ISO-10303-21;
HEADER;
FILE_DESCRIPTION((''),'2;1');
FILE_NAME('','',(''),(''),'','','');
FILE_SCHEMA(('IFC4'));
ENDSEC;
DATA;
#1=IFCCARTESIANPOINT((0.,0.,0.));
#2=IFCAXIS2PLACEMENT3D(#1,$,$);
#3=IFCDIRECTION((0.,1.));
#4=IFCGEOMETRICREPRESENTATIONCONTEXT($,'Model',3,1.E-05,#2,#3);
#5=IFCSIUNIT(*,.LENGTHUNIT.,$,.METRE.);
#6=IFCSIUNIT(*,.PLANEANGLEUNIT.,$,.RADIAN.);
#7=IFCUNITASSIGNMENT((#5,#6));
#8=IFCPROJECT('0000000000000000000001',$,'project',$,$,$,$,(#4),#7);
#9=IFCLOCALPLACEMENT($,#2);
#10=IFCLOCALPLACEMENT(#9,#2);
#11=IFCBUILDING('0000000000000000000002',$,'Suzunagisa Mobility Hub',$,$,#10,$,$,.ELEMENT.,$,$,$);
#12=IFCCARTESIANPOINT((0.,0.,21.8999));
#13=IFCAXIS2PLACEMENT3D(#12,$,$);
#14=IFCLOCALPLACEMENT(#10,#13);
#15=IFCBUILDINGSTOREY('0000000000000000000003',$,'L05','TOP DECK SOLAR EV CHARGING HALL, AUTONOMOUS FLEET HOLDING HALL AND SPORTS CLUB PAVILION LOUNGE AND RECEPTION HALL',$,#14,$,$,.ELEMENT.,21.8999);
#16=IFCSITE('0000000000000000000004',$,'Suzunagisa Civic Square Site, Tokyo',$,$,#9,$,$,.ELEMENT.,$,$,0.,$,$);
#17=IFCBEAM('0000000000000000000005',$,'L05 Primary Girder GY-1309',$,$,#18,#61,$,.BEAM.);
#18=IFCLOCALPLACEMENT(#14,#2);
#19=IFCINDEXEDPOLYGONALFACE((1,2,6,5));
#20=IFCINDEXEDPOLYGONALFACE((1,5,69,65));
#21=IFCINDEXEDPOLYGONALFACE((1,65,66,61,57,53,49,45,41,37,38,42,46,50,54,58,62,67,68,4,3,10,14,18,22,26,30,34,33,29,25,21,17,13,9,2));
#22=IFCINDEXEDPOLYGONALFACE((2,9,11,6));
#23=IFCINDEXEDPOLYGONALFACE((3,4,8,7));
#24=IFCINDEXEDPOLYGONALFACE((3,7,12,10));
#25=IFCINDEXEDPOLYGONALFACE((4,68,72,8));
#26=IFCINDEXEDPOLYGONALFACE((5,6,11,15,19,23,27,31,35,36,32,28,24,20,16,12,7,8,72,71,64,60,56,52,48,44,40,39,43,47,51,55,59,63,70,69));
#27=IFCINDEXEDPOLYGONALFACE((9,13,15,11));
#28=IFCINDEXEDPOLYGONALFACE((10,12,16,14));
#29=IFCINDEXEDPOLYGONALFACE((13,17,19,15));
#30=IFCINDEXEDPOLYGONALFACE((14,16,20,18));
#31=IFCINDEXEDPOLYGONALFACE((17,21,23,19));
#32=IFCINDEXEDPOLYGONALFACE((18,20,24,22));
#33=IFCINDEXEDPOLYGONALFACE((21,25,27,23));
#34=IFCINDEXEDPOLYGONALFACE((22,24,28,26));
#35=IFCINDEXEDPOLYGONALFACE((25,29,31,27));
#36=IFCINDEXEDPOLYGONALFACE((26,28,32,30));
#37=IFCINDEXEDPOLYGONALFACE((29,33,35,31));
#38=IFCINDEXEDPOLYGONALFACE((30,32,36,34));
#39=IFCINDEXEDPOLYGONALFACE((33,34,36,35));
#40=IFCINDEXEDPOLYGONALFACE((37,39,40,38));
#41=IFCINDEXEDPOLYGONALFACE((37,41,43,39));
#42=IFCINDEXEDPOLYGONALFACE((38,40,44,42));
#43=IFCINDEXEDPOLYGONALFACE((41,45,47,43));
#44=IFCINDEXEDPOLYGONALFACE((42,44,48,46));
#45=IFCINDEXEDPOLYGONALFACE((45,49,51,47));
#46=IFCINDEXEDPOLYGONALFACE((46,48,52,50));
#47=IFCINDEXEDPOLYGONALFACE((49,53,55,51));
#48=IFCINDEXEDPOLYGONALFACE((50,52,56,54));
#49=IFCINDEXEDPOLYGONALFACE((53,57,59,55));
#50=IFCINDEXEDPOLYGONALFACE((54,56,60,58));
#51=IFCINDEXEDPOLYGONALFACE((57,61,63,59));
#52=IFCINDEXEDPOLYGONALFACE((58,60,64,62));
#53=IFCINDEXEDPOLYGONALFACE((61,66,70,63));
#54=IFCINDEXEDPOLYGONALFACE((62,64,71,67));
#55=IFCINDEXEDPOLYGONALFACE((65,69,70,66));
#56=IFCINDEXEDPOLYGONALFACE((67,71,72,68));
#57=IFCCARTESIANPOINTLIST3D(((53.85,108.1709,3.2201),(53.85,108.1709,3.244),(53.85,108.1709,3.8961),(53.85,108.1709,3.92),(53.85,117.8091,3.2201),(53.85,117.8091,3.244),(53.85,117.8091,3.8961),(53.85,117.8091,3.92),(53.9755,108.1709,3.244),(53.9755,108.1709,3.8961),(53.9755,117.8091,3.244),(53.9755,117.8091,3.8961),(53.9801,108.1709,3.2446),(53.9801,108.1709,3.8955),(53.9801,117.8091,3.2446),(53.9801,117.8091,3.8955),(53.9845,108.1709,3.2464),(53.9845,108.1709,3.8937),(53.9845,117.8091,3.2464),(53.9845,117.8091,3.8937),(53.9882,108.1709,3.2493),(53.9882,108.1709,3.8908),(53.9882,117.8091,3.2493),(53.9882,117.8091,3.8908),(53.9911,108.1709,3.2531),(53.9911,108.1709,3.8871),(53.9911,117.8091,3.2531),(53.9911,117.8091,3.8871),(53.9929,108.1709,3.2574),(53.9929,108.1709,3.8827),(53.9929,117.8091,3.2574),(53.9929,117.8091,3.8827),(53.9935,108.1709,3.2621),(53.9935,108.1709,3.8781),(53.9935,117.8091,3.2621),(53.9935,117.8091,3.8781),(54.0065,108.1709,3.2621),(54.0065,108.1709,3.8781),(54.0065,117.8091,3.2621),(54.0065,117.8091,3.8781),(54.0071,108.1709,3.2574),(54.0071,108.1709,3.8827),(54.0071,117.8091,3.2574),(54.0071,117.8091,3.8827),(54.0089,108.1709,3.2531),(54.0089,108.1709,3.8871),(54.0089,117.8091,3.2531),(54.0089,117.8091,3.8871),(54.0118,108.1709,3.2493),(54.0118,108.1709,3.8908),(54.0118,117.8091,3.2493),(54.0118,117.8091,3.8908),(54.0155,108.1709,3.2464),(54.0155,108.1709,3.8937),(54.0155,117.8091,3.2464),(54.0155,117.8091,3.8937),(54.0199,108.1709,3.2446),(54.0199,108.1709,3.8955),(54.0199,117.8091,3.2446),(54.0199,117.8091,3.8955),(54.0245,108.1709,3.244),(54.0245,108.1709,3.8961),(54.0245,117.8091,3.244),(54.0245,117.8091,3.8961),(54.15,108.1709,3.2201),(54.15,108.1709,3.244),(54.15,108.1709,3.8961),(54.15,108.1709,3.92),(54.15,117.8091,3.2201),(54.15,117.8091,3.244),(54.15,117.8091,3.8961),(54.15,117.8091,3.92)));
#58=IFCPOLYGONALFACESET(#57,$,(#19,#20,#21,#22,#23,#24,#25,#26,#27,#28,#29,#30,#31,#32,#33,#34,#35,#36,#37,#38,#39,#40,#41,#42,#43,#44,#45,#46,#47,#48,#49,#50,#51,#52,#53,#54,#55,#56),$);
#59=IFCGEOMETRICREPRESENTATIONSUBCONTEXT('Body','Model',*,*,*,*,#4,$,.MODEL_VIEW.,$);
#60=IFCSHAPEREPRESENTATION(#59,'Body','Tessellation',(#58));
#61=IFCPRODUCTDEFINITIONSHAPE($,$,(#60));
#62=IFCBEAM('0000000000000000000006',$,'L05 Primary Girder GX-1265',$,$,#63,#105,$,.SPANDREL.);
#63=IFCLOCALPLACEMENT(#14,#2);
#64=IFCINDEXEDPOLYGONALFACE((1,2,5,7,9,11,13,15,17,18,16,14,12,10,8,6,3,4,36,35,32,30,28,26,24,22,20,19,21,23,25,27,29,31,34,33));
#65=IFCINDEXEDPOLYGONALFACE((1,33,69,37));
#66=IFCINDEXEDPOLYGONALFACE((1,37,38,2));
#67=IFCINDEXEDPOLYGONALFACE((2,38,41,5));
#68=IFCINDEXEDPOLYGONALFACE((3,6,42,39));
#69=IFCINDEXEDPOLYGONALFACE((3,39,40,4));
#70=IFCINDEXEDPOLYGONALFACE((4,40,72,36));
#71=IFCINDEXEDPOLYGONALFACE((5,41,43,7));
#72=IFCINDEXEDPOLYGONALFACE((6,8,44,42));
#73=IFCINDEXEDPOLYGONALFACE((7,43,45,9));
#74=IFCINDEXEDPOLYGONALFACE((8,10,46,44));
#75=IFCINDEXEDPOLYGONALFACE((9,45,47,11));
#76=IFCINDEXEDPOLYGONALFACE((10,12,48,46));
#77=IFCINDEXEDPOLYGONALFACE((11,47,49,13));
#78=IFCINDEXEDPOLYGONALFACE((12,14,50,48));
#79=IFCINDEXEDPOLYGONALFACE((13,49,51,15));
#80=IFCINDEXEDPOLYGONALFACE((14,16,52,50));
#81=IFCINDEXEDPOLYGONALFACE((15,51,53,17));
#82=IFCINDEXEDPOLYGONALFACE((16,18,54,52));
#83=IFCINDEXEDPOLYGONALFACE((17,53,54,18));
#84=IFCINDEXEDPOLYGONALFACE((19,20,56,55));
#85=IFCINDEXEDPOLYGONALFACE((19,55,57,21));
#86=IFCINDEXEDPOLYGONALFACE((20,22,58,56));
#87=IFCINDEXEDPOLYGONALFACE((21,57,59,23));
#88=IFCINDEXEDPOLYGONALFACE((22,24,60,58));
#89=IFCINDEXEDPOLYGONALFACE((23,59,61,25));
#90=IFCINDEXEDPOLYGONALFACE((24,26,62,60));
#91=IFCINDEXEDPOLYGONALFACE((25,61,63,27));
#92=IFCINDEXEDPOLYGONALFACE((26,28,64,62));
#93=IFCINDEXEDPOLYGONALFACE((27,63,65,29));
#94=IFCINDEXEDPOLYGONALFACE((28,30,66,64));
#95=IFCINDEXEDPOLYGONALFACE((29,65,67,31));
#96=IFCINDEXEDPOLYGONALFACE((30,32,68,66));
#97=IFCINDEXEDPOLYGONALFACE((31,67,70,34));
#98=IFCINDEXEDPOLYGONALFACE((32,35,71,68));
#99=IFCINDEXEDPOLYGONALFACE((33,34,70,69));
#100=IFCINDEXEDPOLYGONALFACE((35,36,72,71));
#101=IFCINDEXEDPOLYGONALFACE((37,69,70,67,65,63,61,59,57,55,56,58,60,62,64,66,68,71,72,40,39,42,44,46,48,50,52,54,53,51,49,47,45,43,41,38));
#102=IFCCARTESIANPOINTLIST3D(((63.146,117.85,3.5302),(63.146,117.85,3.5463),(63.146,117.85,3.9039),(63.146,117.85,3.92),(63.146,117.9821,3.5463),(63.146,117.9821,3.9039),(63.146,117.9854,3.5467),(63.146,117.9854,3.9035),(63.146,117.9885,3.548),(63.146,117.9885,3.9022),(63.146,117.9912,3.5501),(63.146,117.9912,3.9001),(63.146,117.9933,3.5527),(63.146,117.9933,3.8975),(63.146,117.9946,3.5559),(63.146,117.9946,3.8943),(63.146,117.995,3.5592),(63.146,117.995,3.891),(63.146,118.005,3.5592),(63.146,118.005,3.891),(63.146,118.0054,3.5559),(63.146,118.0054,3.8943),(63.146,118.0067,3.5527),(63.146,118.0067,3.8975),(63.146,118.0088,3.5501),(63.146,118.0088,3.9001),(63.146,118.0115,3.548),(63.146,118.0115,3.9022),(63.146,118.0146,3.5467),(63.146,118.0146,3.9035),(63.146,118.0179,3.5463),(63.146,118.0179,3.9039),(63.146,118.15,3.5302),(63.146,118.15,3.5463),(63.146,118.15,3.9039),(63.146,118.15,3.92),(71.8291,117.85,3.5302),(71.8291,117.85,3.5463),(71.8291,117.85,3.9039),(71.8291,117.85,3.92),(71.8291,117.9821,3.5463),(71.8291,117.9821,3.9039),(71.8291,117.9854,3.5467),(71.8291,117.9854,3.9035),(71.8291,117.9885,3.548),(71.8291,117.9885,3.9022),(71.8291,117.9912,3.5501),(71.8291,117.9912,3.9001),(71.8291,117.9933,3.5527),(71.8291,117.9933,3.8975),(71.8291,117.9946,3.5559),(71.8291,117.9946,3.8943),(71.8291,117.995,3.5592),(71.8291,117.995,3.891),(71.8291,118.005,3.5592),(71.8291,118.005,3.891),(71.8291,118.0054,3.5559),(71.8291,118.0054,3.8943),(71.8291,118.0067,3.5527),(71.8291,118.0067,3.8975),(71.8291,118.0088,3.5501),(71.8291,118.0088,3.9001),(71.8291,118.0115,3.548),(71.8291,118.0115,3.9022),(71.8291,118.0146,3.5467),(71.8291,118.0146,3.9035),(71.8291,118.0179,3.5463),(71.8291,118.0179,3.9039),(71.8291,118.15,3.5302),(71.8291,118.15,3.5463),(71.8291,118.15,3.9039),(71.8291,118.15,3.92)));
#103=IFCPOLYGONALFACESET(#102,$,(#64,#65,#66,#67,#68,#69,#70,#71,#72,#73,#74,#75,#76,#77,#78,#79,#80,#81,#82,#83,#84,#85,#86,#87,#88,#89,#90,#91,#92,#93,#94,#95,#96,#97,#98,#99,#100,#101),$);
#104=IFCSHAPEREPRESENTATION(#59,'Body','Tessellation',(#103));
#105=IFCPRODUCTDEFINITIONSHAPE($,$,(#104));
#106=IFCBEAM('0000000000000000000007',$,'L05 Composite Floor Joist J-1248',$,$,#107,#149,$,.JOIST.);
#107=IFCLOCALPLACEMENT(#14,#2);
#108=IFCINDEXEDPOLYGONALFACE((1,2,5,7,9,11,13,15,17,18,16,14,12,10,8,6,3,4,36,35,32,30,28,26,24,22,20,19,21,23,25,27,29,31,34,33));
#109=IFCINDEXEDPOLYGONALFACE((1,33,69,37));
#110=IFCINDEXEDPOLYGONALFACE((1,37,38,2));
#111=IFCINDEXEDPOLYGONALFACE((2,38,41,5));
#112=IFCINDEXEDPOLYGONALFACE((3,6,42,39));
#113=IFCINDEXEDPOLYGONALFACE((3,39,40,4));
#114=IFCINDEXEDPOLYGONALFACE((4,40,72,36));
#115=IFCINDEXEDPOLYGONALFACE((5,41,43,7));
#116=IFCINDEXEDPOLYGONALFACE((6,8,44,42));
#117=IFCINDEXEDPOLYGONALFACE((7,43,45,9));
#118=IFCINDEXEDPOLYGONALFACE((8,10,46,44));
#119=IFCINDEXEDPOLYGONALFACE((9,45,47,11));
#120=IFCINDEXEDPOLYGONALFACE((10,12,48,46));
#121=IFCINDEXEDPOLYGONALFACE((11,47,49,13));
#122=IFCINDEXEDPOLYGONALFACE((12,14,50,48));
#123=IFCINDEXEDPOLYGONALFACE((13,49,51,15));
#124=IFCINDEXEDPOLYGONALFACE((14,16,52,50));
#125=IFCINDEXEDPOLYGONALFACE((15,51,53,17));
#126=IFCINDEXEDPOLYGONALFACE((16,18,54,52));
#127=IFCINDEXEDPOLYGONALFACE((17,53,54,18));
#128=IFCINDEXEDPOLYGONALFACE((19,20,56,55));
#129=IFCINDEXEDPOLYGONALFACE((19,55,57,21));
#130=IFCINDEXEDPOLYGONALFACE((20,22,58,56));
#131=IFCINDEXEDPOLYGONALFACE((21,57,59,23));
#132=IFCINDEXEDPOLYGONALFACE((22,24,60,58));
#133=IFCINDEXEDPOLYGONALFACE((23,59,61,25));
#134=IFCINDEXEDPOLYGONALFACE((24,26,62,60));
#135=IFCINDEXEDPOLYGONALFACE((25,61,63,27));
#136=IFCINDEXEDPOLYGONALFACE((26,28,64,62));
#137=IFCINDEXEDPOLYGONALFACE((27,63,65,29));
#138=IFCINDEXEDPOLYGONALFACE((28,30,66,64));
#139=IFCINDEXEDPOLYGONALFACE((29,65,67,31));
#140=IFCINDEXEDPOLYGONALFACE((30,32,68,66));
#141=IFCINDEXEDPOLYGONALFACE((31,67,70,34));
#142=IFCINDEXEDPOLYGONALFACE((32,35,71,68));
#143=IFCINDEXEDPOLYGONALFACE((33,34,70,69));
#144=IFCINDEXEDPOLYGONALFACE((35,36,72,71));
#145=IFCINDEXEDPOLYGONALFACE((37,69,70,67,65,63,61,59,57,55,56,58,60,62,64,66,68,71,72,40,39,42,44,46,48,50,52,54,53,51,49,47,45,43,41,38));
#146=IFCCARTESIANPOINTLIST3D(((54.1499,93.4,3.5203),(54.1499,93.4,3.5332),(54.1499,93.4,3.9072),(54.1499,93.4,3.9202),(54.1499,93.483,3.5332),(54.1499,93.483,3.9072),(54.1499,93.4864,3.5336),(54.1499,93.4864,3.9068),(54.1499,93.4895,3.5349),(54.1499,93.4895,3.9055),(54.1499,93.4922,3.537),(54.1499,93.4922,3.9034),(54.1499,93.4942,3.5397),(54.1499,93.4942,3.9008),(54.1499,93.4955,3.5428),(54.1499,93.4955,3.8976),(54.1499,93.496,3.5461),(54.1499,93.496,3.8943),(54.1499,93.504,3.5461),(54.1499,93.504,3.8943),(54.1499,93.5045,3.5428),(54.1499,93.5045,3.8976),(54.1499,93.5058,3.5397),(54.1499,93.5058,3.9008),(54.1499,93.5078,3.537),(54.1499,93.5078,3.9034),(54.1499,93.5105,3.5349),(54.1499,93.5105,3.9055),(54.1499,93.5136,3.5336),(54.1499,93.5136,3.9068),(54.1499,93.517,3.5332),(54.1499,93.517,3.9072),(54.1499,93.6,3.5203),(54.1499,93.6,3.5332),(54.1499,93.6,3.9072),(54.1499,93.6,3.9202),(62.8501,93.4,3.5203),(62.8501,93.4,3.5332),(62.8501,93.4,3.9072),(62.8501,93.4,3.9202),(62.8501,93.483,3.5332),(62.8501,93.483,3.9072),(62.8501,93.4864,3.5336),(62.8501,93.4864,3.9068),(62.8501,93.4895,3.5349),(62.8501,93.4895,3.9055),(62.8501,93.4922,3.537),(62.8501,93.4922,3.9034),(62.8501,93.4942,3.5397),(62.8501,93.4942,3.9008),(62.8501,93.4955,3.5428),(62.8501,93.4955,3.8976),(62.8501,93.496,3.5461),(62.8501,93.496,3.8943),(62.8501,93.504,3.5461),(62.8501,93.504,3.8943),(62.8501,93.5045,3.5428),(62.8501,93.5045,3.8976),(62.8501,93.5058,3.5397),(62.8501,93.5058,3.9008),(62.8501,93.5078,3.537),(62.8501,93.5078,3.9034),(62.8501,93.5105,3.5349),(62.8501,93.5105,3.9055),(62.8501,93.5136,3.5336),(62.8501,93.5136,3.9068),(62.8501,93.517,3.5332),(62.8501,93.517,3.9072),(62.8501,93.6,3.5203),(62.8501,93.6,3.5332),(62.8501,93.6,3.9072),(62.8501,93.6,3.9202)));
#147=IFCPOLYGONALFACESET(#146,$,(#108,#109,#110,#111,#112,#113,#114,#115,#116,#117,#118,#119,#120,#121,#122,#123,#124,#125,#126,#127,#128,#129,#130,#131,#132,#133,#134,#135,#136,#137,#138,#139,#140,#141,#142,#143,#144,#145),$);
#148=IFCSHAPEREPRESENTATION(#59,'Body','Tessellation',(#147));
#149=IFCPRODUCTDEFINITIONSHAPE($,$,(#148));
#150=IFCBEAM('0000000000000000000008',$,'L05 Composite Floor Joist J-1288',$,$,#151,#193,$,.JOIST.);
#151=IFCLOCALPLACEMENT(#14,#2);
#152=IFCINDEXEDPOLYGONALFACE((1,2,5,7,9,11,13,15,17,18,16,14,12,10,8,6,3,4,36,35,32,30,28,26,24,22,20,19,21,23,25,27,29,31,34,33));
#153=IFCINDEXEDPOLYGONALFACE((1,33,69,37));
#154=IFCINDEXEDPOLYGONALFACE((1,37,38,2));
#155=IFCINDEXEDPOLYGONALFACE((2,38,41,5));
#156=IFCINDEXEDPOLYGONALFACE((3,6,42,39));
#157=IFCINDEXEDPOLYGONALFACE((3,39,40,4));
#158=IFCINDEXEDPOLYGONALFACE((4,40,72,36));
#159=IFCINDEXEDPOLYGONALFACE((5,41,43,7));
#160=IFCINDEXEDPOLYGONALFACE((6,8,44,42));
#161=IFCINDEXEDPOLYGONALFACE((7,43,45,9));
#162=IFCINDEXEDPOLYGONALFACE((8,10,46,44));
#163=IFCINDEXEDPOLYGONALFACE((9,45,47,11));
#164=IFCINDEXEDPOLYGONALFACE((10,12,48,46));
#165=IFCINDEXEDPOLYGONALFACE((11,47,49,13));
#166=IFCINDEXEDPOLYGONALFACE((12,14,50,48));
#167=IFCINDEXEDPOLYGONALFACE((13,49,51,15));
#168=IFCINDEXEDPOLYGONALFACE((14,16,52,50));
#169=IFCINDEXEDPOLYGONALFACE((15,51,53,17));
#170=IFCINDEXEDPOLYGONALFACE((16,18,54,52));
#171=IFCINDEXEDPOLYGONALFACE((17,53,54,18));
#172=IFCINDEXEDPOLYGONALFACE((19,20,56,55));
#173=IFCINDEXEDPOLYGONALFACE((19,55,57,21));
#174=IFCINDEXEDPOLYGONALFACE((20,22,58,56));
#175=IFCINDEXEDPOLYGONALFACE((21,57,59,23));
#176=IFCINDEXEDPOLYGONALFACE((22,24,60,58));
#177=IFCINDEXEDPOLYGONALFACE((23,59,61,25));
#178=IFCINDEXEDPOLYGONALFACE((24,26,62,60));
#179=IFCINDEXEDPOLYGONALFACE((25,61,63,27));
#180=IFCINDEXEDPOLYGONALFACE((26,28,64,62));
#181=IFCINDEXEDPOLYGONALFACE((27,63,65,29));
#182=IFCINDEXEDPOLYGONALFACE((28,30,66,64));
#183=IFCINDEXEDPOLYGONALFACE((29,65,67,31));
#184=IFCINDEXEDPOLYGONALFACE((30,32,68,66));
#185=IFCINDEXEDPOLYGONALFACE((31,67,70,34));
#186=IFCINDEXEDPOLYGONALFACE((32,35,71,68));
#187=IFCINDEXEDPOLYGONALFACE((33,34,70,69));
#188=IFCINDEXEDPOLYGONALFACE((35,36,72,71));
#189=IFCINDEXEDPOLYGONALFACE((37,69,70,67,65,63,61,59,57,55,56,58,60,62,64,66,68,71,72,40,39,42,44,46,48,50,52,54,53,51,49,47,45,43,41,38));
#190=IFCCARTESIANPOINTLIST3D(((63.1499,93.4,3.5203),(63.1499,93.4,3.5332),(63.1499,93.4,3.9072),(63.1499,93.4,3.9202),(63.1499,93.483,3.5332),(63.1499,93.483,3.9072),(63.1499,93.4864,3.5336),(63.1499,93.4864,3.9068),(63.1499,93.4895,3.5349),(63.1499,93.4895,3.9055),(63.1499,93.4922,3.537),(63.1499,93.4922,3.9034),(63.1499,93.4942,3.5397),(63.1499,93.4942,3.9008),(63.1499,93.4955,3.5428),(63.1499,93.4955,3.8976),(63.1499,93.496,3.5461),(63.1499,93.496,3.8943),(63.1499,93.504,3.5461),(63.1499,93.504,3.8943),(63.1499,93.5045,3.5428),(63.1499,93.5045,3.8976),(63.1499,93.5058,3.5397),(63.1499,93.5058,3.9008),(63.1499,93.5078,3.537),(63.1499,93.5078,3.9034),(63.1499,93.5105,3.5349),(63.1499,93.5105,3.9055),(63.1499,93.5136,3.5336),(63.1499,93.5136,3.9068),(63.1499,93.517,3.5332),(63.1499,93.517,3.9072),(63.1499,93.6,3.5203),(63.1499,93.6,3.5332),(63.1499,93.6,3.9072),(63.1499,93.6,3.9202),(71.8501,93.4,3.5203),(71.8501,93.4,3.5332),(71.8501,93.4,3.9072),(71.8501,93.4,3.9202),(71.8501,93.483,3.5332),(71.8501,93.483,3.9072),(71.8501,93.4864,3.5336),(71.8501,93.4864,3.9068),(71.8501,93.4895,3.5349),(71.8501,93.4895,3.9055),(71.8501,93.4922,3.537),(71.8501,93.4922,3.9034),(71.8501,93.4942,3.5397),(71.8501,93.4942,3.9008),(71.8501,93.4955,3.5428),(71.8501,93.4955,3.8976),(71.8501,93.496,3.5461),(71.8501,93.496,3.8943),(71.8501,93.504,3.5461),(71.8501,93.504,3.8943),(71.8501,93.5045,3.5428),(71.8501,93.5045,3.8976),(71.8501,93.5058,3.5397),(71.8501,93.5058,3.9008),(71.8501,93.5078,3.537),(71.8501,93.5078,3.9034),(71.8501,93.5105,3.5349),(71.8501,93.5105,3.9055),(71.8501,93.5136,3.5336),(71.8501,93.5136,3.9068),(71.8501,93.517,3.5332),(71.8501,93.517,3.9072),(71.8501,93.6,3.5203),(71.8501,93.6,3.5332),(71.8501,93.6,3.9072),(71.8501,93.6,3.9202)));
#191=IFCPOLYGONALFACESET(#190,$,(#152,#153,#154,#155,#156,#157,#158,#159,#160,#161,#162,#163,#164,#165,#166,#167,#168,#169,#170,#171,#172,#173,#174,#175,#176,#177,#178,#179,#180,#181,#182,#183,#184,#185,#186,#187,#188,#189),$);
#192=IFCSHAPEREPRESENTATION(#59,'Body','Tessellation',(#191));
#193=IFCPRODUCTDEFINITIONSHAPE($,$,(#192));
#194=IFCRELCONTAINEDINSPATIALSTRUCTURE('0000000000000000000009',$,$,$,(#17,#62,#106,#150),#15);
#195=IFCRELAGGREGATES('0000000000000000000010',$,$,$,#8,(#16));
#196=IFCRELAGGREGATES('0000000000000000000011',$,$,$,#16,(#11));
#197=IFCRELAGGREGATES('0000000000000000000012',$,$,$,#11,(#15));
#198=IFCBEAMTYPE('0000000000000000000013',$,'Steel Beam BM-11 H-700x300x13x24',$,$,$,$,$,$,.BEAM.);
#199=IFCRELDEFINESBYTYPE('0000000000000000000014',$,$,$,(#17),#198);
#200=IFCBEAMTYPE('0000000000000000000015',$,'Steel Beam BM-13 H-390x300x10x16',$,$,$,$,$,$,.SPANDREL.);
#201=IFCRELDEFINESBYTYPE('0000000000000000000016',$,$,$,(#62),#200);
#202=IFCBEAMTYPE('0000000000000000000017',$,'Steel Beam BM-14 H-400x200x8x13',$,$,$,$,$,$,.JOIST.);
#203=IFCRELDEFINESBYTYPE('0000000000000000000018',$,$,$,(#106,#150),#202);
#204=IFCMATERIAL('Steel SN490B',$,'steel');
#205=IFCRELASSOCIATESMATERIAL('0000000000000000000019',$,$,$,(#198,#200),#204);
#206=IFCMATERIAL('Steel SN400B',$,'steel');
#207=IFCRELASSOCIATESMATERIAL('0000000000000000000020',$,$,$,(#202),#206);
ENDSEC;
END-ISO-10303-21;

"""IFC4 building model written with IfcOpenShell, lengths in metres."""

from ifc_helpers import new_model, si_unit, direction, frame, origin, origin_2d, place, context, subcontext, project, spatial, i_section, extrude, material, material_profile, profile_set, type_object, element, save


model = new_model("IFC4")

# Units and contexts
model_context = context("Model", 3, precision=1e-05, world=origin(), true_north=direction((0.0, 1.0)))
body_context = subcontext(model_context, "Body", "Model", "MODEL_VIEW")
ifc_project = project(units=[si_unit("LENGTHUNIT", "METRE"), si_unit("PLANEANGLEUNIT", "RADIAN")], contexts=[model_context])

# Site, building, storey
site_placement = place(None, origin())
site = spatial("IfcSite", under=ifc_project, at=site_placement, Name="Suzunagisa Civic Square Site, Tokyo", CompositionType="ELEMENT", RefElevation=0.0)
building_placement = place(site_placement, origin())
building = spatial("IfcBuilding", under=site, at=building_placement, Name="Suzunagisa Mobility Hub", CompositionType="ELEMENT")
storey_placement = place(building_placement, frame((0.0, 0.0, 21.8999)))
storey = spatial("IfcBuildingStorey", under=building, at=storey_placement, Name="L05", Description="TOP DECK SOLAR EV CHARGING HALL, AUTONOMOUS FLEET HOLDING HALL AND SPORTS CLUB PAVILION LOUNGE AND RECEPTION HALL", CompositionType="ELEMENT", Elevation=21.8999)

# Shared definitions
ifc_material_1 = material(Name="Steel SN490B", Category="steel")

# Beams
ifc_material_profile_1 = material_profile(ifc_material_1, i_section(OverallWidth=0.3, OverallDepth=0.7, WebThickness=0.0129, FlangeThickness=0.0239, FilletRadius=0.0181, at=origin_2d()), Name="H-700x300x13x24")
ifc_profile_set_1 = profile_set([ifc_material_profile_1], Name="Steel SN490B")
beam_type_1 = type_object("IfcBeamType", Name="Steel Beam BM-11 H-700x300x13x24", PredefinedType="BEAM", material=ifc_profile_set_1)
beam_1_placement = place(storey_placement, frame((54.0, 108.1709, 3.5701), z_axis=(0.0, 1.0, 0.0), x_axis=(-1.0, 0.0, 0.0)))
element("IfcBeam", 1, at=beam_1_placement, inside=storey, type_object=beam_type_1, Name="L05 Primary Girder GY-1309", PredefinedType="BEAM", context=body_context, shape_type="SweptSolid", body=[
    extrude(i_section(OverallWidth=0.3, OverallDepth=0.7, WebThickness=0.0129, FlangeThickness=0.0239, FilletRadius=0.0181, at=origin_2d()), origin(), (0.0, 0.0, 1.0), 9.6382),
])
ifc_material_profile_2 = material_profile(ifc_material_1, i_section(OverallWidth=0.3, OverallDepth=0.3899, WebThickness=0.01, FlangeThickness=0.0161, FilletRadius=0.0129, at=origin_2d()), Name="H-390x300x10x16")
ifc_profile_set_2 = profile_set([ifc_material_profile_2], Name="Steel SN490B")
beam_type_2 = type_object("IfcBeamType", Name="Steel Beam BM-13 H-390x300x10x16", PredefinedType="SPANDREL", material=ifc_profile_set_2)
beam_2_placement = place(storey_placement, frame((63.146, 118.0, 3.7251), z_axis=(1.0, 0.0, 0.0), x_axis=(0.0, 1.0, 0.0)))
element("IfcBeam", 2, at=beam_2_placement, inside=storey, type_object=beam_type_2, Name="L05 Primary Girder GX-1265", PredefinedType="SPANDREL", context=body_context, shape_type="SweptSolid", body=[
    extrude(i_section(OverallWidth=0.3, OverallDepth=0.3899, WebThickness=0.01, FlangeThickness=0.0161, FilletRadius=0.0129, at=origin_2d()), origin(), (0.0, 0.0, 1.0), 8.6831),
])
ifc_material_2 = material(Name="Steel SN400B", Category="steel")
ifc_material_profile_3 = material_profile(ifc_material_2, i_section(OverallWidth=0.2, OverallDepth=0.3999, WebThickness=0.0081, FlangeThickness=0.0129, FilletRadius=0.0129, at=origin_2d()), Name="H-400x200x8x13")
ifc_profile_set_3 = profile_set([ifc_material_profile_3], Name="Steel SN400B")
beam_type_3 = type_object("IfcBeamType", Name="Steel Beam BM-14 H-400x200x8x13", PredefinedType="JOIST", material=ifc_profile_set_3)
for number, where, z_axis, x_axis, name in (
    (3, (54.1499, 93.5, 3.7202), (1.0, 0.0, 0.0), (0.0, 1.0, 0.0), "L05 Composite Floor Joist J-1248"),
    (4, (63.1499, 93.5, 3.7202), (1.0, 0.0, 0.0), (0.0, 1.0, 0.0), "L05 Composite Floor Joist J-1288"),
):
    element("IfcBeam", number, at=place(storey_placement, frame(where, z_axis=z_axis, x_axis=x_axis)), inside=storey, type_object=beam_type_3, Name=name, PredefinedType="JOIST", context=body_context, shape_type="SweptSolid", body=[
        extrude(i_section(OverallWidth=0.2, OverallDepth=0.3999, WebThickness=0.0081, FlangeThickness=0.0129, FilletRadius=0.0129, at=origin_2d()), origin(), (0.0, 0.0, 1.0), 8.7002),
    ])

save(model, "model.ifc")
